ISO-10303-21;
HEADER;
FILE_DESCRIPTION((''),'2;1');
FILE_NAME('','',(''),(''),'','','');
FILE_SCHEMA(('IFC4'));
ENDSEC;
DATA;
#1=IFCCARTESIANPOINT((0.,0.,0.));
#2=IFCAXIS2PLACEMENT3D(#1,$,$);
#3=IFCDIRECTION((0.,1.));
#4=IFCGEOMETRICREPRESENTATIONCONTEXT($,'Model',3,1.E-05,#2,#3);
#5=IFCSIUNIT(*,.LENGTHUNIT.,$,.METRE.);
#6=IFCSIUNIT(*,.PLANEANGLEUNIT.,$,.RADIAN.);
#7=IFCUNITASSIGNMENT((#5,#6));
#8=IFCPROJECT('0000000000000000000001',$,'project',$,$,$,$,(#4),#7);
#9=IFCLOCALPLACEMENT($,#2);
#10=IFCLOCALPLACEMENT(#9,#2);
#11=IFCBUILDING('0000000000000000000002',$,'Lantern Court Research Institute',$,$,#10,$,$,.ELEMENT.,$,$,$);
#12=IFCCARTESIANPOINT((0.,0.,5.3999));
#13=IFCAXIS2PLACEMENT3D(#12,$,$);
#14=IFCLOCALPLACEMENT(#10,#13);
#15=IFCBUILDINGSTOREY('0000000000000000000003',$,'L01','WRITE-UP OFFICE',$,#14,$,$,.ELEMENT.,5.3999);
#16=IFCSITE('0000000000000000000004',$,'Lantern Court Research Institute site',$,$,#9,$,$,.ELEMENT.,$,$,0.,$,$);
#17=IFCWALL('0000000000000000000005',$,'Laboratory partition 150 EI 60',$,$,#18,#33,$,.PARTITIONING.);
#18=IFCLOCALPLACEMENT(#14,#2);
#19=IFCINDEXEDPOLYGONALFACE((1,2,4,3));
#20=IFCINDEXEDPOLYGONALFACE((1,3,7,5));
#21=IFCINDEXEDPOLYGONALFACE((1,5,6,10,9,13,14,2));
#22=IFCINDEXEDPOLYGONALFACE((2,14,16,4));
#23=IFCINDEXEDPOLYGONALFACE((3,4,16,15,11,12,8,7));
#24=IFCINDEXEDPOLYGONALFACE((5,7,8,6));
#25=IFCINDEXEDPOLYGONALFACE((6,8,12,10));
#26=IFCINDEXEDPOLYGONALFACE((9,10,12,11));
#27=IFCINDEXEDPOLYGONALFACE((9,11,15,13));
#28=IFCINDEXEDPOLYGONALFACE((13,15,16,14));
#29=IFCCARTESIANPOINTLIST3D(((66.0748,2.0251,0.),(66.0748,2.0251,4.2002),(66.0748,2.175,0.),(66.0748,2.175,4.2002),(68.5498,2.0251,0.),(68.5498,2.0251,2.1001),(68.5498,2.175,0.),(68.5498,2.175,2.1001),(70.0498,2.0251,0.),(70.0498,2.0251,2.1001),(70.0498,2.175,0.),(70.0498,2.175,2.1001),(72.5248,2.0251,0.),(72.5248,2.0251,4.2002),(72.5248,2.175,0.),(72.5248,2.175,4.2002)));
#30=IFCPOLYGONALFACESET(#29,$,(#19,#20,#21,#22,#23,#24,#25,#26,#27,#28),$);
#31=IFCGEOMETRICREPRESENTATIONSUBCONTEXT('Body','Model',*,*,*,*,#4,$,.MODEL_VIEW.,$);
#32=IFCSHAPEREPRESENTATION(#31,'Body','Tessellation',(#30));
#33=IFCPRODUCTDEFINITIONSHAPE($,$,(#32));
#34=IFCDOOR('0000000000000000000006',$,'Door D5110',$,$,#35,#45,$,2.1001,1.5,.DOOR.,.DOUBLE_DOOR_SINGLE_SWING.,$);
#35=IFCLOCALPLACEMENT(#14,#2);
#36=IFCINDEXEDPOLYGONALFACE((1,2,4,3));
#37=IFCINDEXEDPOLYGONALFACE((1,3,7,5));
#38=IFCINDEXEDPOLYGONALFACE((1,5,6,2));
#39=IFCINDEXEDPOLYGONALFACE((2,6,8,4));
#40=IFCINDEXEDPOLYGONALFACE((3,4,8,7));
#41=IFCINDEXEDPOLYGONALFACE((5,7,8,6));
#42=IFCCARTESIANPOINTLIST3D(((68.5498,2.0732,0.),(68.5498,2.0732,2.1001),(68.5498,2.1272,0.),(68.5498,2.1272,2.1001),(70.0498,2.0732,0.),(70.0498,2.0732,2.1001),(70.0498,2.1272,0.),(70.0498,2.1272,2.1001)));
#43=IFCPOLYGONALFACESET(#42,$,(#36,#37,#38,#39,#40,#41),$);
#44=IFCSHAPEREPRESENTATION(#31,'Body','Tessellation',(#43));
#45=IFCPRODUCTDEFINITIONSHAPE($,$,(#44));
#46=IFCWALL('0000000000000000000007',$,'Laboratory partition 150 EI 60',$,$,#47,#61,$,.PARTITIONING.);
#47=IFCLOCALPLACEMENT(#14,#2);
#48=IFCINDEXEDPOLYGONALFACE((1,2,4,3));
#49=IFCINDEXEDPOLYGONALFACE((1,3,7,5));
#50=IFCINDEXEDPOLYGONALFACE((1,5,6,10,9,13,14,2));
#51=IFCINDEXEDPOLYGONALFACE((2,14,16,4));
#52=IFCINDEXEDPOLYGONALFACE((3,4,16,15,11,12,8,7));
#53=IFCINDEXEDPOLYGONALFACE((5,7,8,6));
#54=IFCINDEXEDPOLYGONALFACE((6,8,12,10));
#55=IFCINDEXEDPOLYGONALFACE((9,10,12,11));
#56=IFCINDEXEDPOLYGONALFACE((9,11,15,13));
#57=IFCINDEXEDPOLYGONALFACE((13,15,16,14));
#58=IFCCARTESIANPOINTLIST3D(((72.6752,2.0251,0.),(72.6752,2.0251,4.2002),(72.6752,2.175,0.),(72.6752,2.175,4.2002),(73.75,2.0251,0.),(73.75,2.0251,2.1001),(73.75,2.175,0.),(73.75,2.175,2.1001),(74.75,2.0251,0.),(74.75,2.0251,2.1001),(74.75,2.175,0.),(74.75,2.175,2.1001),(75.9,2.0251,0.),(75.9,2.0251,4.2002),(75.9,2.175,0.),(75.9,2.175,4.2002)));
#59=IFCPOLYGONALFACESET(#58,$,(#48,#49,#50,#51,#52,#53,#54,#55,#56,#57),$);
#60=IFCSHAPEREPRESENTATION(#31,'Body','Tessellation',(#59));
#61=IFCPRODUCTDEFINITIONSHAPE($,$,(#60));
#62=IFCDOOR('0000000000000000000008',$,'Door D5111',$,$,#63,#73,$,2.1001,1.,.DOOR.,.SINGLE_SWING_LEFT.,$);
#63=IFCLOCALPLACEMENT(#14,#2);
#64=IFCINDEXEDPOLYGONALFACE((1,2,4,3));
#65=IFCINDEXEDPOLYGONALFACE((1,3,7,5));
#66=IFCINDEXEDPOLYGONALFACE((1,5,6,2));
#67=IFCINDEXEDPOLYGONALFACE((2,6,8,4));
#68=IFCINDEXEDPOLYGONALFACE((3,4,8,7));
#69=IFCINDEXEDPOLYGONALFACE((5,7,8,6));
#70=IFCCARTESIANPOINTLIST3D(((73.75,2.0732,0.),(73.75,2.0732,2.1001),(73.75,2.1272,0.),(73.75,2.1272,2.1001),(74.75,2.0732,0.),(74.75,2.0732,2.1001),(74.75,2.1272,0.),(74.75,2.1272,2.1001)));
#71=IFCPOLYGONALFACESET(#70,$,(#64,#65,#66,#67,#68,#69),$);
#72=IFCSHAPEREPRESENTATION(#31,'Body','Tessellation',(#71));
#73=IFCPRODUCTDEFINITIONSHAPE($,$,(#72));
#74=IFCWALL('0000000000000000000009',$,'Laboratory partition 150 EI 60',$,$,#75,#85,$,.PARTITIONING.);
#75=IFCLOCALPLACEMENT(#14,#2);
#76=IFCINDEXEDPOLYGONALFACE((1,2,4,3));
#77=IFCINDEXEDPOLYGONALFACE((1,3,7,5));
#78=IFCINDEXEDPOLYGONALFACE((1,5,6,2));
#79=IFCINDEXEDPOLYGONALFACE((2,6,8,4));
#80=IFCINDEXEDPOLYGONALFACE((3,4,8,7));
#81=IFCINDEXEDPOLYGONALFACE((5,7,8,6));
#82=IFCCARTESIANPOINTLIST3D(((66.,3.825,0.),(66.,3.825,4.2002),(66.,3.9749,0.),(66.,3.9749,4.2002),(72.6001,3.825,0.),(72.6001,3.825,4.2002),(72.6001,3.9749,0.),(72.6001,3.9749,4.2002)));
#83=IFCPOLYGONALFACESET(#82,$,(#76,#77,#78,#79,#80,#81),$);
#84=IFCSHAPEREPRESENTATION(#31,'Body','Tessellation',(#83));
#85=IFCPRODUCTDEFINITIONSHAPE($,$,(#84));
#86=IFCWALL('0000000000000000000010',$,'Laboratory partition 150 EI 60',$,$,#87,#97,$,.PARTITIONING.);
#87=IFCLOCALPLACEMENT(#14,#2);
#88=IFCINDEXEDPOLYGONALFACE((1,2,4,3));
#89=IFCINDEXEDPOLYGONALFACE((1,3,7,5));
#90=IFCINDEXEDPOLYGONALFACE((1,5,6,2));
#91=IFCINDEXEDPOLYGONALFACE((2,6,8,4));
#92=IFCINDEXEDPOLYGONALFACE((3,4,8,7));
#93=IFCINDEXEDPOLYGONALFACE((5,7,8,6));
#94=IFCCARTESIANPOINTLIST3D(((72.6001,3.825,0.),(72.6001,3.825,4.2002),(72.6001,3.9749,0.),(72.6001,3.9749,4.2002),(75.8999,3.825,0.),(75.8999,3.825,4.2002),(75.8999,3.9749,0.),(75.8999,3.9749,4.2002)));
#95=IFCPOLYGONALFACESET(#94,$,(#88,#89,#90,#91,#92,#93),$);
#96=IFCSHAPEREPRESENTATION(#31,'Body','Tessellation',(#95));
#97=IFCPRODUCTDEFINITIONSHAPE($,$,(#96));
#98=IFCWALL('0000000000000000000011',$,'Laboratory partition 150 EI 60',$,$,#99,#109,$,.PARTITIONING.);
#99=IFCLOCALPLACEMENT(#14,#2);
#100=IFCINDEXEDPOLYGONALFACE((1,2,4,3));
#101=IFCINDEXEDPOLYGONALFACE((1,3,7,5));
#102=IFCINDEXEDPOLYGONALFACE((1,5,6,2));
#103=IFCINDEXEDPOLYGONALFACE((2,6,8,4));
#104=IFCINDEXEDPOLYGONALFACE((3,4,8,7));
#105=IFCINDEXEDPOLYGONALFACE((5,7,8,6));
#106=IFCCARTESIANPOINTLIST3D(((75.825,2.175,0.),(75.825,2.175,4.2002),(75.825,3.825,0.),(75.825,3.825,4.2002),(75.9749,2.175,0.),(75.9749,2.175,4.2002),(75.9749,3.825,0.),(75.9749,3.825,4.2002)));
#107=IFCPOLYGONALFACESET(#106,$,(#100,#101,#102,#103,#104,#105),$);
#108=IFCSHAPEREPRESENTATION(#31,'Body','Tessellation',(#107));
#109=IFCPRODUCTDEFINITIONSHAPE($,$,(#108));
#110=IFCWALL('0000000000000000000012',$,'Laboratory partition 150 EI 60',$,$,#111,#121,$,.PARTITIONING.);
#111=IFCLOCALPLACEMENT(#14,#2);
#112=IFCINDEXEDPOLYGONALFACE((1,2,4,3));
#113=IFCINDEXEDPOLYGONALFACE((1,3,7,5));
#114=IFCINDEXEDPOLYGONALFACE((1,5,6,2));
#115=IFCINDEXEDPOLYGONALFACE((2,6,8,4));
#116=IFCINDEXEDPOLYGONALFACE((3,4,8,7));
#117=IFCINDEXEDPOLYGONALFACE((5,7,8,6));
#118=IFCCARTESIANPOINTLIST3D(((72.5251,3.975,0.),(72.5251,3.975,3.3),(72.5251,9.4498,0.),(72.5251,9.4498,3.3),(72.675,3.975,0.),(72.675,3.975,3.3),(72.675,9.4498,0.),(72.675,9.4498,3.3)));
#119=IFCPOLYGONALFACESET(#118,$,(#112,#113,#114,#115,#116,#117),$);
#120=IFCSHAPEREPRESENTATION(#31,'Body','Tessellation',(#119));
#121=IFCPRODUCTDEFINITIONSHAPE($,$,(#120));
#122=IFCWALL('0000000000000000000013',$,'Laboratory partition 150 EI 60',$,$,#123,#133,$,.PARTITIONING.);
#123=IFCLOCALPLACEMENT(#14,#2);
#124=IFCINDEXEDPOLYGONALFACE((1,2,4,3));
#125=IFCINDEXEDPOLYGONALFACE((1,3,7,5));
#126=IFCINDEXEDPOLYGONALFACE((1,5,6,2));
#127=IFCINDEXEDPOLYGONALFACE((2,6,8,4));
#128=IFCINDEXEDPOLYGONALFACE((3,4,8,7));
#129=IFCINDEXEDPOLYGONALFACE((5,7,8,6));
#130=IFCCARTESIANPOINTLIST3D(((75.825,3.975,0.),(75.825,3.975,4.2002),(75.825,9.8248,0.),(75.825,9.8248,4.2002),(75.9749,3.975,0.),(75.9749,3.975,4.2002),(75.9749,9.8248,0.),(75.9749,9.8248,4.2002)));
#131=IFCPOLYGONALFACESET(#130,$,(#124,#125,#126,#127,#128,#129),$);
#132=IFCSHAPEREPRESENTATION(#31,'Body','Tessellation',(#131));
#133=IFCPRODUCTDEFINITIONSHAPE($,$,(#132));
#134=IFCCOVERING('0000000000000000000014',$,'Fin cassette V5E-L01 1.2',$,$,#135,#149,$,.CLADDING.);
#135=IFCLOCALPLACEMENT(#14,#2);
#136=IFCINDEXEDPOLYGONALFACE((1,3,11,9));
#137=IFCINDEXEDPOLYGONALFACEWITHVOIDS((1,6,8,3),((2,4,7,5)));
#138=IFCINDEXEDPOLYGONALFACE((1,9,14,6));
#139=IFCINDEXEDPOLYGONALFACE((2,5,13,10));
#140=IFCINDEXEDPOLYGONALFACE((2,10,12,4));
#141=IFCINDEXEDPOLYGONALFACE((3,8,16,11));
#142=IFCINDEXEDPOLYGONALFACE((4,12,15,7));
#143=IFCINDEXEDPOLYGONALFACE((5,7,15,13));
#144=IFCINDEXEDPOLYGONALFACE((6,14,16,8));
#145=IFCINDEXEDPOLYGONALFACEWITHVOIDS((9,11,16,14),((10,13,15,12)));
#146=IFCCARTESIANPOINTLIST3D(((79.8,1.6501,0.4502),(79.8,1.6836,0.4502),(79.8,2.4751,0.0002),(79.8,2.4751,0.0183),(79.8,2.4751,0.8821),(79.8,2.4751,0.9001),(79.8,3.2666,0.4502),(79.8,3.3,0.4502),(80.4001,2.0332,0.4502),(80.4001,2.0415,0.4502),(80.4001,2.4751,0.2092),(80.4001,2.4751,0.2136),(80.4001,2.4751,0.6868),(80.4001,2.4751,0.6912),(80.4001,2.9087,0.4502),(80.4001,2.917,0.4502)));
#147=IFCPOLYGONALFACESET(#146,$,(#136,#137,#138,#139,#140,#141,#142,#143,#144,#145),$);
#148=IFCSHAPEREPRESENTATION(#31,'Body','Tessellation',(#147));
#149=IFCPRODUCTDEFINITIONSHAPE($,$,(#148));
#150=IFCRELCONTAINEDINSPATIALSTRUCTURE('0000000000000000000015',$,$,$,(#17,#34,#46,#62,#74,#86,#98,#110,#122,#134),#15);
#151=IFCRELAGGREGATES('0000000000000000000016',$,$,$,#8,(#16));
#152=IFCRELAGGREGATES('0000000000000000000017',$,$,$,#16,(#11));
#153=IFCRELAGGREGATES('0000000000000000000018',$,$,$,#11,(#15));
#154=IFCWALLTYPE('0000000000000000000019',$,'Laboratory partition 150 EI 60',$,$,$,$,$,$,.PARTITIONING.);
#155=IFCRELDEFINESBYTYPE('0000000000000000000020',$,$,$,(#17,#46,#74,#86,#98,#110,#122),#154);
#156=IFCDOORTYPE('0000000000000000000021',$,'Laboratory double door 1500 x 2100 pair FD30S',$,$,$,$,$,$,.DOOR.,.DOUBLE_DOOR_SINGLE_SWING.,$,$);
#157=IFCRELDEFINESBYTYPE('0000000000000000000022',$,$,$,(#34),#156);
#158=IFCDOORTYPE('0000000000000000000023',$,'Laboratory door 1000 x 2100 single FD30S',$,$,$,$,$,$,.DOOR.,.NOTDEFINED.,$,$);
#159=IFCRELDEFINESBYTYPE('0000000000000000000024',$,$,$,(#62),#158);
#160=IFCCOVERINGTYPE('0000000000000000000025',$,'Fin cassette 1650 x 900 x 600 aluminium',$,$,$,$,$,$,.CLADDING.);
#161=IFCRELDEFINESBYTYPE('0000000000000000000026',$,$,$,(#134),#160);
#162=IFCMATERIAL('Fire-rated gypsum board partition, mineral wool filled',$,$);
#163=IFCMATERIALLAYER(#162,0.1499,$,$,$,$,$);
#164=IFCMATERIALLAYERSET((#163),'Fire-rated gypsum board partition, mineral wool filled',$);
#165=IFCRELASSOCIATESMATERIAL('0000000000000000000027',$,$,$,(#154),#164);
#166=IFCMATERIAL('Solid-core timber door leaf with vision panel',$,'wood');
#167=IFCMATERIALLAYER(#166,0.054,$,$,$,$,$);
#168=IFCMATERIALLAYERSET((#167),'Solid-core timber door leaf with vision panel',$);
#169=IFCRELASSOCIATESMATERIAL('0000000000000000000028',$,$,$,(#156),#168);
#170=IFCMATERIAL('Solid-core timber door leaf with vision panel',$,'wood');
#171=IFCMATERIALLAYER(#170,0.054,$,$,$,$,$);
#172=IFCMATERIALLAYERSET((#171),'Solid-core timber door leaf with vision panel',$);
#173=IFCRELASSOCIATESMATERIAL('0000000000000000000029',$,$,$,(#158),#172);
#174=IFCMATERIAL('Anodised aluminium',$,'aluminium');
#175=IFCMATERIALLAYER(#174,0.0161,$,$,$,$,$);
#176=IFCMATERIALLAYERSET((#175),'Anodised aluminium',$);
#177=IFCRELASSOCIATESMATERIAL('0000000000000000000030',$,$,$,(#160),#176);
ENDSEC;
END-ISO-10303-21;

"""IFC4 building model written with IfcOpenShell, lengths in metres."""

from ifc_helpers import new_model, entity, si_unit, direction, frame, frame_2d, origin, place, context, subcontext, project, spatial, rectangle, extrude, material, layer, layer_set, type_object, element, fill, save


model = new_model("IFC4")

# Units and contexts
model_context = context("Model", 3, precision=1e-05, world=origin(), true_north=direction((0.0, 1.0)))
body_context = subcontext(model_context, "Body", "Model", "MODEL_VIEW")
ifc_project = project(units=[si_unit("LENGTHUNIT", "METRE"), si_unit("PLANEANGLEUNIT", "RADIAN")], contexts=[model_context])

# Site, building, storey
site_placement = place(None, origin())
site = spatial("IfcSite", under=ifc_project, at=site_placement, Name="Lantern Court Research Institute site", CompositionType="ELEMENT", RefElevation=0.0)
building_placement = place(site_placement, origin())
building = spatial("IfcBuilding", under=site, at=building_placement, Name="Lantern Court Research Institute", CompositionType="ELEMENT")
storey_placement = place(building_placement, frame((0.0, 0.0, 5.3999)))
storey = spatial("IfcBuildingStorey", under=building, at=storey_placement, Name="L01", Description="WRITE-UP OFFICE", CompositionType="ELEMENT", Elevation=5.3999)

# Walls, openings, doors
ifc_material_1 = material(Name="Fire-rated gypsum board partition, mineral wool filled")
ifc_layer_1 = layer(ifc_material_1, 0.1499)
ifc_layer_set_1 = layer_set([ifc_layer_1], Name="Fire-rated gypsum board partition, mineral wool filled")
wall_type = type_object("IfcWallType", Name="Laboratory partition 150 EI 60", PredefinedType="PARTITIONING", material=ifc_layer_set_1)
wall_1_placement = place(storey_placement, frame((72.5249, 2.1001, 0.0), z_axis=(0.0, 0.0, 1.0), x_axis=(-1.0, 0.0, 0.0)))
wall_1 = element("IfcWall", 1, at=wall_1_placement, inside=storey, type_object=wall_type, Name="Laboratory partition 150 EI 60", PredefinedType="PARTITIONING", context=body_context, shape_type="SweptSolid", body=[
    extrude(rectangle(XDim=6.45, YDim=0.1499, at=frame_2d((3.2251, 0.0))), origin(), (0.0, 0.0, 1.0), 4.2002),
])
opening_1_placement = place(wall_1_placement, frame((2.4751, 0.0, 0.0)))
opening_1 = element("IfcOpeningElement", 2, at=opening_1_placement, cuts=wall_1, PredefinedType="OPENING", context=body_context, shape_type="SweptSolid", body=[
    extrude(rectangle(XDim=1.5, YDim=2.1001, at=frame_2d((0.75, 1.05))), frame((0.0, 0.085, 0.0), z_axis=(0.0, -1.0, 0.0), x_axis=(1.0, 0.0, 0.0)), (0.0, 0.0, 1.0), 0.1699),
])
ifc_material_2 = material(Name="Solid-core timber door leaf with vision panel", Category="wood")
ifc_layer_2 = layer(ifc_material_2, 0.054)
ifc_layer_set_2 = layer_set([ifc_layer_2], Name="Solid-core timber door leaf with vision panel")
door_type_1 = type_object("IfcDoorType", Name="Laboratory double door 1500 x 2100 pair FD30S", OperationType="DOUBLE_DOOR_SINGLE_SWING", PredefinedType="DOOR", material=ifc_layer_set_2)
door_1_placement = place(opening_1_placement, origin())
door_1 = element("IfcDoor", 3, at=door_1_placement, inside=storey, type_object=door_type_1, Name="Door D5110", OperationType="DOUBLE_DOOR_SINGLE_SWING", OverallHeight=2.1001, OverallWidth=1.5, PredefinedType="DOOR", context=body_context, shape_type="SweptSolid", body=[
    extrude(rectangle(XDim=1.5, YDim=2.1001, at=frame_2d((0.75, 1.05))), frame((0.0, 0.0269, 0.0), z_axis=(0.0, -1.0, 0.0), x_axis=(1.0, 0.0, 0.0)), (0.0, 0.0, 1.0), 0.054),
])
fill(opening_1, door_1)
wall_2_placement = place(storey_placement, frame((75.8999, 2.1001, 0.0), z_axis=(0.0, 0.0, 1.0), x_axis=(-1.0, 0.0, 0.0)))
wall_2 = element("IfcWall", 4, at=wall_2_placement, inside=storey, type_object=wall_type, Name="Laboratory partition 150 EI 60", PredefinedType="PARTITIONING", context=body_context, shape_type="SweptSolid", body=[
    extrude(rectangle(XDim=3.2249, YDim=0.1499, at=frame_2d((1.6123, 0.0))), origin(), (0.0, 0.0, 1.0), 4.2002),
])
opening_2_placement = place(wall_2_placement, frame((1.1499, 0.0, 0.0)))
opening_2 = element("IfcOpeningElement", 5, at=opening_2_placement, cuts=wall_2, PredefinedType="OPENING", context=body_context, shape_type="SweptSolid", body=[
    extrude(rectangle(XDim=1.0, YDim=2.1001, at=frame_2d((0.5, 1.05))), frame((0.0, 0.085, 0.0), z_axis=(0.0, -1.0, 0.0), x_axis=(1.0, 0.0, 0.0)), (0.0, 0.0, 1.0), 0.1699),
])
ifc_material_3 = material(Name="Solid-core timber door leaf with vision panel", Category="wood")
ifc_layer_3 = layer(ifc_material_3, 0.054)
ifc_layer_set_3 = layer_set([ifc_layer_3], Name="Solid-core timber door leaf with vision panel")
door_type_2 = type_object("IfcDoorType", Name="Laboratory door 1000 x 2100 single FD30S", OperationType="NOTDEFINED", PredefinedType="DOOR", material=ifc_layer_set_3)
door_2_placement = place(opening_2_placement, origin())
door_2 = element("IfcDoor", 6, at=door_2_placement, inside=storey, type_object=door_type_2, Name="Door D5111", OperationType="SINGLE_SWING_LEFT", OverallHeight=2.1001, OverallWidth=1.0, PredefinedType="DOOR", context=body_context, shape_type="SweptSolid", body=[
    extrude(rectangle(XDim=1.0, YDim=2.1001, at=frame_2d((0.5, 1.05))), frame((0.0, 0.0269, 0.0), z_axis=(0.0, -1.0, 0.0), x_axis=(1.0, 0.0, 0.0)), (0.0, 0.0, 1.0), 0.054),
])
fill(opening_2, door_2)

# Walls
wall_3_placement = place(storey_placement, frame((72.6001, 3.8999, 0.0), z_axis=(0.0, 0.0, 1.0), x_axis=(-1.0, 0.0, 0.0)))
element("IfcWall", 7, at=wall_3_placement, inside=storey, type_object=wall_type, Name="Laboratory partition 150 EI 60", PredefinedType="PARTITIONING", context=body_context, shape_type="SweptSolid", body=[
    extrude(rectangle(XDim=6.6001, YDim=0.1499, at=frame_2d((3.3, 0.0))), origin(), (0.0, 0.0, 1.0), 4.2002),
])
wall_4_placement = place(storey_placement, frame((75.8999, 3.8999, 0.0), z_axis=(0.0, 0.0, 1.0), x_axis=(-1.0, 0.0, 0.0)))
element("IfcWall", 8, at=wall_4_placement, inside=storey, type_object=wall_type, Name="Laboratory partition 150 EI 60", PredefinedType="PARTITIONING", context=body_context, shape_type="SweptSolid", body=[
    extrude(rectangle(XDim=3.2998, YDim=0.1499, at=frame_2d((1.6499, 0.0))), origin(), (0.0, 0.0, 1.0), 4.2002),
])
wall_5_placement = place(storey_placement, frame((75.8999, 2.175, 0.0), z_axis=(0.0, 0.0, 1.0), x_axis=(0.0, 1.0, 0.0)))
element("IfcWall", 9, at=wall_5_placement, inside=storey, type_object=wall_type, Name="Laboratory partition 150 EI 60", PredefinedType="PARTITIONING", context=body_context, shape_type="SweptSolid", body=[
    extrude(rectangle(XDim=1.6499, YDim=0.1499, at=frame_2d((0.825, 0.0))), origin(), (0.0, 0.0, 1.0), 4.2002),
])
wall_6_placement = place(storey_placement, frame((72.6001, 3.9751, 0.0), z_axis=(0.0, 0.0, 1.0), x_axis=(0.0, 1.0, 0.0)))
element("IfcWall", 10, at=wall_6_placement, inside=storey, type_object=wall_type, Name="Laboratory partition 150 EI 60", PredefinedType="PARTITIONING", context=body_context, shape_type="SweptSolid", body=[
    extrude(rectangle(XDim=5.4749, YDim=0.1499, at=frame_2d((2.7373, 0.0))), origin(), (0.0, 0.0, 1.0), 3.3),
])
wall_7_placement = place(storey_placement, frame((75.8999, 3.9751, 0.0), z_axis=(0.0, 0.0, 1.0), x_axis=(0.0, 1.0, 0.0)))
element("IfcWall", 11, at=wall_7_placement, inside=storey, type_object=wall_type, Name="Laboratory partition 150 EI 60", PredefinedType="PARTITIONING", context=body_context, shape_type="SweptSolid", body=[
    extrude(rectangle(XDim=5.8499, YDim=0.1499, at=frame_2d((2.9248, 0.0))), origin(), (0.0, 0.0, 1.0), 4.2002),
])

# Covering
ifc_material_4 = material(Name="Anodised aluminium", Category="aluminium")
ifc_layer_4 = layer(ifc_material_4, 0.0161)
ifc_layer_set_4 = layer_set([ifc_layer_4], Name="Anodised aluminium")
covering_type = type_object("IfcCoveringType", Name="Fin cassette 1650 x 900 x 600 aluminium", PredefinedType="CLADDING", material=ifc_layer_set_4)
covering_1_placement = place(storey_placement, frame((79.8, 2.4751, 0.4502), z_axis=(1.0, 0.0, 0.0), x_axis=(0.0, 1.0, 0.0)))
cartesian_point_1 = entity("IfcCartesianPoint", [0.825, 0.0])
cartesian_point_2 = entity("IfcCartesianPoint", [0.7915, 0.0])
cartesian_point_3 = entity("IfcCartesianPoint", [0.4419, 0.0])
cartesian_point_4 = entity("IfcCartesianPoint", [0.4336, 0.0])
element("IfcCovering", 12, at=covering_1_placement, inside=storey, type_object=covering_type, Name="Fin cassette V5E-L01 1.2", PredefinedType="CLADDING", context=body_context, shape_type="SweptSolid", body=[
    entity("IfcExtrudedAreaSolidTapered", entity("IfcArbitraryProfileDefWithVoids", "AREA", None, entity("IfcPolyline", [cartesian_point_1, entity("IfcCartesianPoint", [0.0, 0.45]), entity("IfcCartesianPoint", [-0.825, 0.0]), entity("IfcCartesianPoint", [0.0, -0.45]), cartesian_point_1]), [entity("IfcPolyline", [cartesian_point_2, entity("IfcCartesianPoint", [0.0, 0.4319]), entity("IfcCartesianPoint", [-0.7915, 0.0]), entity("IfcCartesianPoint", [0.0, -0.4319]), cartesian_point_2])]), entity("IfcAxis2Placement3D", entity("IfcCartesianPoint", [0.0, 0.0, 0.0])), entity("IfcDirection", [0.0, 0.0, 1.0]), 0.6001, entity("IfcArbitraryProfileDefWithVoids", "AREA", None, entity("IfcPolyline", [cartesian_point_3, entity("IfcCartesianPoint", [0.0, 0.241]), entity("IfcCartesianPoint", [-0.4419, 0.0]), entity("IfcCartesianPoint", [0.0, -0.241]), cartesian_point_3]), [entity("IfcPolyline", [cartesian_point_4, entity("IfcCartesianPoint", [0.0, 0.2366]), entity("IfcCartesianPoint", [-0.4336, 0.0]), entity("IfcCartesianPoint", [0.0, -0.2366]), cartesian_point_4])])),
])

save(model, "model.ifc")
